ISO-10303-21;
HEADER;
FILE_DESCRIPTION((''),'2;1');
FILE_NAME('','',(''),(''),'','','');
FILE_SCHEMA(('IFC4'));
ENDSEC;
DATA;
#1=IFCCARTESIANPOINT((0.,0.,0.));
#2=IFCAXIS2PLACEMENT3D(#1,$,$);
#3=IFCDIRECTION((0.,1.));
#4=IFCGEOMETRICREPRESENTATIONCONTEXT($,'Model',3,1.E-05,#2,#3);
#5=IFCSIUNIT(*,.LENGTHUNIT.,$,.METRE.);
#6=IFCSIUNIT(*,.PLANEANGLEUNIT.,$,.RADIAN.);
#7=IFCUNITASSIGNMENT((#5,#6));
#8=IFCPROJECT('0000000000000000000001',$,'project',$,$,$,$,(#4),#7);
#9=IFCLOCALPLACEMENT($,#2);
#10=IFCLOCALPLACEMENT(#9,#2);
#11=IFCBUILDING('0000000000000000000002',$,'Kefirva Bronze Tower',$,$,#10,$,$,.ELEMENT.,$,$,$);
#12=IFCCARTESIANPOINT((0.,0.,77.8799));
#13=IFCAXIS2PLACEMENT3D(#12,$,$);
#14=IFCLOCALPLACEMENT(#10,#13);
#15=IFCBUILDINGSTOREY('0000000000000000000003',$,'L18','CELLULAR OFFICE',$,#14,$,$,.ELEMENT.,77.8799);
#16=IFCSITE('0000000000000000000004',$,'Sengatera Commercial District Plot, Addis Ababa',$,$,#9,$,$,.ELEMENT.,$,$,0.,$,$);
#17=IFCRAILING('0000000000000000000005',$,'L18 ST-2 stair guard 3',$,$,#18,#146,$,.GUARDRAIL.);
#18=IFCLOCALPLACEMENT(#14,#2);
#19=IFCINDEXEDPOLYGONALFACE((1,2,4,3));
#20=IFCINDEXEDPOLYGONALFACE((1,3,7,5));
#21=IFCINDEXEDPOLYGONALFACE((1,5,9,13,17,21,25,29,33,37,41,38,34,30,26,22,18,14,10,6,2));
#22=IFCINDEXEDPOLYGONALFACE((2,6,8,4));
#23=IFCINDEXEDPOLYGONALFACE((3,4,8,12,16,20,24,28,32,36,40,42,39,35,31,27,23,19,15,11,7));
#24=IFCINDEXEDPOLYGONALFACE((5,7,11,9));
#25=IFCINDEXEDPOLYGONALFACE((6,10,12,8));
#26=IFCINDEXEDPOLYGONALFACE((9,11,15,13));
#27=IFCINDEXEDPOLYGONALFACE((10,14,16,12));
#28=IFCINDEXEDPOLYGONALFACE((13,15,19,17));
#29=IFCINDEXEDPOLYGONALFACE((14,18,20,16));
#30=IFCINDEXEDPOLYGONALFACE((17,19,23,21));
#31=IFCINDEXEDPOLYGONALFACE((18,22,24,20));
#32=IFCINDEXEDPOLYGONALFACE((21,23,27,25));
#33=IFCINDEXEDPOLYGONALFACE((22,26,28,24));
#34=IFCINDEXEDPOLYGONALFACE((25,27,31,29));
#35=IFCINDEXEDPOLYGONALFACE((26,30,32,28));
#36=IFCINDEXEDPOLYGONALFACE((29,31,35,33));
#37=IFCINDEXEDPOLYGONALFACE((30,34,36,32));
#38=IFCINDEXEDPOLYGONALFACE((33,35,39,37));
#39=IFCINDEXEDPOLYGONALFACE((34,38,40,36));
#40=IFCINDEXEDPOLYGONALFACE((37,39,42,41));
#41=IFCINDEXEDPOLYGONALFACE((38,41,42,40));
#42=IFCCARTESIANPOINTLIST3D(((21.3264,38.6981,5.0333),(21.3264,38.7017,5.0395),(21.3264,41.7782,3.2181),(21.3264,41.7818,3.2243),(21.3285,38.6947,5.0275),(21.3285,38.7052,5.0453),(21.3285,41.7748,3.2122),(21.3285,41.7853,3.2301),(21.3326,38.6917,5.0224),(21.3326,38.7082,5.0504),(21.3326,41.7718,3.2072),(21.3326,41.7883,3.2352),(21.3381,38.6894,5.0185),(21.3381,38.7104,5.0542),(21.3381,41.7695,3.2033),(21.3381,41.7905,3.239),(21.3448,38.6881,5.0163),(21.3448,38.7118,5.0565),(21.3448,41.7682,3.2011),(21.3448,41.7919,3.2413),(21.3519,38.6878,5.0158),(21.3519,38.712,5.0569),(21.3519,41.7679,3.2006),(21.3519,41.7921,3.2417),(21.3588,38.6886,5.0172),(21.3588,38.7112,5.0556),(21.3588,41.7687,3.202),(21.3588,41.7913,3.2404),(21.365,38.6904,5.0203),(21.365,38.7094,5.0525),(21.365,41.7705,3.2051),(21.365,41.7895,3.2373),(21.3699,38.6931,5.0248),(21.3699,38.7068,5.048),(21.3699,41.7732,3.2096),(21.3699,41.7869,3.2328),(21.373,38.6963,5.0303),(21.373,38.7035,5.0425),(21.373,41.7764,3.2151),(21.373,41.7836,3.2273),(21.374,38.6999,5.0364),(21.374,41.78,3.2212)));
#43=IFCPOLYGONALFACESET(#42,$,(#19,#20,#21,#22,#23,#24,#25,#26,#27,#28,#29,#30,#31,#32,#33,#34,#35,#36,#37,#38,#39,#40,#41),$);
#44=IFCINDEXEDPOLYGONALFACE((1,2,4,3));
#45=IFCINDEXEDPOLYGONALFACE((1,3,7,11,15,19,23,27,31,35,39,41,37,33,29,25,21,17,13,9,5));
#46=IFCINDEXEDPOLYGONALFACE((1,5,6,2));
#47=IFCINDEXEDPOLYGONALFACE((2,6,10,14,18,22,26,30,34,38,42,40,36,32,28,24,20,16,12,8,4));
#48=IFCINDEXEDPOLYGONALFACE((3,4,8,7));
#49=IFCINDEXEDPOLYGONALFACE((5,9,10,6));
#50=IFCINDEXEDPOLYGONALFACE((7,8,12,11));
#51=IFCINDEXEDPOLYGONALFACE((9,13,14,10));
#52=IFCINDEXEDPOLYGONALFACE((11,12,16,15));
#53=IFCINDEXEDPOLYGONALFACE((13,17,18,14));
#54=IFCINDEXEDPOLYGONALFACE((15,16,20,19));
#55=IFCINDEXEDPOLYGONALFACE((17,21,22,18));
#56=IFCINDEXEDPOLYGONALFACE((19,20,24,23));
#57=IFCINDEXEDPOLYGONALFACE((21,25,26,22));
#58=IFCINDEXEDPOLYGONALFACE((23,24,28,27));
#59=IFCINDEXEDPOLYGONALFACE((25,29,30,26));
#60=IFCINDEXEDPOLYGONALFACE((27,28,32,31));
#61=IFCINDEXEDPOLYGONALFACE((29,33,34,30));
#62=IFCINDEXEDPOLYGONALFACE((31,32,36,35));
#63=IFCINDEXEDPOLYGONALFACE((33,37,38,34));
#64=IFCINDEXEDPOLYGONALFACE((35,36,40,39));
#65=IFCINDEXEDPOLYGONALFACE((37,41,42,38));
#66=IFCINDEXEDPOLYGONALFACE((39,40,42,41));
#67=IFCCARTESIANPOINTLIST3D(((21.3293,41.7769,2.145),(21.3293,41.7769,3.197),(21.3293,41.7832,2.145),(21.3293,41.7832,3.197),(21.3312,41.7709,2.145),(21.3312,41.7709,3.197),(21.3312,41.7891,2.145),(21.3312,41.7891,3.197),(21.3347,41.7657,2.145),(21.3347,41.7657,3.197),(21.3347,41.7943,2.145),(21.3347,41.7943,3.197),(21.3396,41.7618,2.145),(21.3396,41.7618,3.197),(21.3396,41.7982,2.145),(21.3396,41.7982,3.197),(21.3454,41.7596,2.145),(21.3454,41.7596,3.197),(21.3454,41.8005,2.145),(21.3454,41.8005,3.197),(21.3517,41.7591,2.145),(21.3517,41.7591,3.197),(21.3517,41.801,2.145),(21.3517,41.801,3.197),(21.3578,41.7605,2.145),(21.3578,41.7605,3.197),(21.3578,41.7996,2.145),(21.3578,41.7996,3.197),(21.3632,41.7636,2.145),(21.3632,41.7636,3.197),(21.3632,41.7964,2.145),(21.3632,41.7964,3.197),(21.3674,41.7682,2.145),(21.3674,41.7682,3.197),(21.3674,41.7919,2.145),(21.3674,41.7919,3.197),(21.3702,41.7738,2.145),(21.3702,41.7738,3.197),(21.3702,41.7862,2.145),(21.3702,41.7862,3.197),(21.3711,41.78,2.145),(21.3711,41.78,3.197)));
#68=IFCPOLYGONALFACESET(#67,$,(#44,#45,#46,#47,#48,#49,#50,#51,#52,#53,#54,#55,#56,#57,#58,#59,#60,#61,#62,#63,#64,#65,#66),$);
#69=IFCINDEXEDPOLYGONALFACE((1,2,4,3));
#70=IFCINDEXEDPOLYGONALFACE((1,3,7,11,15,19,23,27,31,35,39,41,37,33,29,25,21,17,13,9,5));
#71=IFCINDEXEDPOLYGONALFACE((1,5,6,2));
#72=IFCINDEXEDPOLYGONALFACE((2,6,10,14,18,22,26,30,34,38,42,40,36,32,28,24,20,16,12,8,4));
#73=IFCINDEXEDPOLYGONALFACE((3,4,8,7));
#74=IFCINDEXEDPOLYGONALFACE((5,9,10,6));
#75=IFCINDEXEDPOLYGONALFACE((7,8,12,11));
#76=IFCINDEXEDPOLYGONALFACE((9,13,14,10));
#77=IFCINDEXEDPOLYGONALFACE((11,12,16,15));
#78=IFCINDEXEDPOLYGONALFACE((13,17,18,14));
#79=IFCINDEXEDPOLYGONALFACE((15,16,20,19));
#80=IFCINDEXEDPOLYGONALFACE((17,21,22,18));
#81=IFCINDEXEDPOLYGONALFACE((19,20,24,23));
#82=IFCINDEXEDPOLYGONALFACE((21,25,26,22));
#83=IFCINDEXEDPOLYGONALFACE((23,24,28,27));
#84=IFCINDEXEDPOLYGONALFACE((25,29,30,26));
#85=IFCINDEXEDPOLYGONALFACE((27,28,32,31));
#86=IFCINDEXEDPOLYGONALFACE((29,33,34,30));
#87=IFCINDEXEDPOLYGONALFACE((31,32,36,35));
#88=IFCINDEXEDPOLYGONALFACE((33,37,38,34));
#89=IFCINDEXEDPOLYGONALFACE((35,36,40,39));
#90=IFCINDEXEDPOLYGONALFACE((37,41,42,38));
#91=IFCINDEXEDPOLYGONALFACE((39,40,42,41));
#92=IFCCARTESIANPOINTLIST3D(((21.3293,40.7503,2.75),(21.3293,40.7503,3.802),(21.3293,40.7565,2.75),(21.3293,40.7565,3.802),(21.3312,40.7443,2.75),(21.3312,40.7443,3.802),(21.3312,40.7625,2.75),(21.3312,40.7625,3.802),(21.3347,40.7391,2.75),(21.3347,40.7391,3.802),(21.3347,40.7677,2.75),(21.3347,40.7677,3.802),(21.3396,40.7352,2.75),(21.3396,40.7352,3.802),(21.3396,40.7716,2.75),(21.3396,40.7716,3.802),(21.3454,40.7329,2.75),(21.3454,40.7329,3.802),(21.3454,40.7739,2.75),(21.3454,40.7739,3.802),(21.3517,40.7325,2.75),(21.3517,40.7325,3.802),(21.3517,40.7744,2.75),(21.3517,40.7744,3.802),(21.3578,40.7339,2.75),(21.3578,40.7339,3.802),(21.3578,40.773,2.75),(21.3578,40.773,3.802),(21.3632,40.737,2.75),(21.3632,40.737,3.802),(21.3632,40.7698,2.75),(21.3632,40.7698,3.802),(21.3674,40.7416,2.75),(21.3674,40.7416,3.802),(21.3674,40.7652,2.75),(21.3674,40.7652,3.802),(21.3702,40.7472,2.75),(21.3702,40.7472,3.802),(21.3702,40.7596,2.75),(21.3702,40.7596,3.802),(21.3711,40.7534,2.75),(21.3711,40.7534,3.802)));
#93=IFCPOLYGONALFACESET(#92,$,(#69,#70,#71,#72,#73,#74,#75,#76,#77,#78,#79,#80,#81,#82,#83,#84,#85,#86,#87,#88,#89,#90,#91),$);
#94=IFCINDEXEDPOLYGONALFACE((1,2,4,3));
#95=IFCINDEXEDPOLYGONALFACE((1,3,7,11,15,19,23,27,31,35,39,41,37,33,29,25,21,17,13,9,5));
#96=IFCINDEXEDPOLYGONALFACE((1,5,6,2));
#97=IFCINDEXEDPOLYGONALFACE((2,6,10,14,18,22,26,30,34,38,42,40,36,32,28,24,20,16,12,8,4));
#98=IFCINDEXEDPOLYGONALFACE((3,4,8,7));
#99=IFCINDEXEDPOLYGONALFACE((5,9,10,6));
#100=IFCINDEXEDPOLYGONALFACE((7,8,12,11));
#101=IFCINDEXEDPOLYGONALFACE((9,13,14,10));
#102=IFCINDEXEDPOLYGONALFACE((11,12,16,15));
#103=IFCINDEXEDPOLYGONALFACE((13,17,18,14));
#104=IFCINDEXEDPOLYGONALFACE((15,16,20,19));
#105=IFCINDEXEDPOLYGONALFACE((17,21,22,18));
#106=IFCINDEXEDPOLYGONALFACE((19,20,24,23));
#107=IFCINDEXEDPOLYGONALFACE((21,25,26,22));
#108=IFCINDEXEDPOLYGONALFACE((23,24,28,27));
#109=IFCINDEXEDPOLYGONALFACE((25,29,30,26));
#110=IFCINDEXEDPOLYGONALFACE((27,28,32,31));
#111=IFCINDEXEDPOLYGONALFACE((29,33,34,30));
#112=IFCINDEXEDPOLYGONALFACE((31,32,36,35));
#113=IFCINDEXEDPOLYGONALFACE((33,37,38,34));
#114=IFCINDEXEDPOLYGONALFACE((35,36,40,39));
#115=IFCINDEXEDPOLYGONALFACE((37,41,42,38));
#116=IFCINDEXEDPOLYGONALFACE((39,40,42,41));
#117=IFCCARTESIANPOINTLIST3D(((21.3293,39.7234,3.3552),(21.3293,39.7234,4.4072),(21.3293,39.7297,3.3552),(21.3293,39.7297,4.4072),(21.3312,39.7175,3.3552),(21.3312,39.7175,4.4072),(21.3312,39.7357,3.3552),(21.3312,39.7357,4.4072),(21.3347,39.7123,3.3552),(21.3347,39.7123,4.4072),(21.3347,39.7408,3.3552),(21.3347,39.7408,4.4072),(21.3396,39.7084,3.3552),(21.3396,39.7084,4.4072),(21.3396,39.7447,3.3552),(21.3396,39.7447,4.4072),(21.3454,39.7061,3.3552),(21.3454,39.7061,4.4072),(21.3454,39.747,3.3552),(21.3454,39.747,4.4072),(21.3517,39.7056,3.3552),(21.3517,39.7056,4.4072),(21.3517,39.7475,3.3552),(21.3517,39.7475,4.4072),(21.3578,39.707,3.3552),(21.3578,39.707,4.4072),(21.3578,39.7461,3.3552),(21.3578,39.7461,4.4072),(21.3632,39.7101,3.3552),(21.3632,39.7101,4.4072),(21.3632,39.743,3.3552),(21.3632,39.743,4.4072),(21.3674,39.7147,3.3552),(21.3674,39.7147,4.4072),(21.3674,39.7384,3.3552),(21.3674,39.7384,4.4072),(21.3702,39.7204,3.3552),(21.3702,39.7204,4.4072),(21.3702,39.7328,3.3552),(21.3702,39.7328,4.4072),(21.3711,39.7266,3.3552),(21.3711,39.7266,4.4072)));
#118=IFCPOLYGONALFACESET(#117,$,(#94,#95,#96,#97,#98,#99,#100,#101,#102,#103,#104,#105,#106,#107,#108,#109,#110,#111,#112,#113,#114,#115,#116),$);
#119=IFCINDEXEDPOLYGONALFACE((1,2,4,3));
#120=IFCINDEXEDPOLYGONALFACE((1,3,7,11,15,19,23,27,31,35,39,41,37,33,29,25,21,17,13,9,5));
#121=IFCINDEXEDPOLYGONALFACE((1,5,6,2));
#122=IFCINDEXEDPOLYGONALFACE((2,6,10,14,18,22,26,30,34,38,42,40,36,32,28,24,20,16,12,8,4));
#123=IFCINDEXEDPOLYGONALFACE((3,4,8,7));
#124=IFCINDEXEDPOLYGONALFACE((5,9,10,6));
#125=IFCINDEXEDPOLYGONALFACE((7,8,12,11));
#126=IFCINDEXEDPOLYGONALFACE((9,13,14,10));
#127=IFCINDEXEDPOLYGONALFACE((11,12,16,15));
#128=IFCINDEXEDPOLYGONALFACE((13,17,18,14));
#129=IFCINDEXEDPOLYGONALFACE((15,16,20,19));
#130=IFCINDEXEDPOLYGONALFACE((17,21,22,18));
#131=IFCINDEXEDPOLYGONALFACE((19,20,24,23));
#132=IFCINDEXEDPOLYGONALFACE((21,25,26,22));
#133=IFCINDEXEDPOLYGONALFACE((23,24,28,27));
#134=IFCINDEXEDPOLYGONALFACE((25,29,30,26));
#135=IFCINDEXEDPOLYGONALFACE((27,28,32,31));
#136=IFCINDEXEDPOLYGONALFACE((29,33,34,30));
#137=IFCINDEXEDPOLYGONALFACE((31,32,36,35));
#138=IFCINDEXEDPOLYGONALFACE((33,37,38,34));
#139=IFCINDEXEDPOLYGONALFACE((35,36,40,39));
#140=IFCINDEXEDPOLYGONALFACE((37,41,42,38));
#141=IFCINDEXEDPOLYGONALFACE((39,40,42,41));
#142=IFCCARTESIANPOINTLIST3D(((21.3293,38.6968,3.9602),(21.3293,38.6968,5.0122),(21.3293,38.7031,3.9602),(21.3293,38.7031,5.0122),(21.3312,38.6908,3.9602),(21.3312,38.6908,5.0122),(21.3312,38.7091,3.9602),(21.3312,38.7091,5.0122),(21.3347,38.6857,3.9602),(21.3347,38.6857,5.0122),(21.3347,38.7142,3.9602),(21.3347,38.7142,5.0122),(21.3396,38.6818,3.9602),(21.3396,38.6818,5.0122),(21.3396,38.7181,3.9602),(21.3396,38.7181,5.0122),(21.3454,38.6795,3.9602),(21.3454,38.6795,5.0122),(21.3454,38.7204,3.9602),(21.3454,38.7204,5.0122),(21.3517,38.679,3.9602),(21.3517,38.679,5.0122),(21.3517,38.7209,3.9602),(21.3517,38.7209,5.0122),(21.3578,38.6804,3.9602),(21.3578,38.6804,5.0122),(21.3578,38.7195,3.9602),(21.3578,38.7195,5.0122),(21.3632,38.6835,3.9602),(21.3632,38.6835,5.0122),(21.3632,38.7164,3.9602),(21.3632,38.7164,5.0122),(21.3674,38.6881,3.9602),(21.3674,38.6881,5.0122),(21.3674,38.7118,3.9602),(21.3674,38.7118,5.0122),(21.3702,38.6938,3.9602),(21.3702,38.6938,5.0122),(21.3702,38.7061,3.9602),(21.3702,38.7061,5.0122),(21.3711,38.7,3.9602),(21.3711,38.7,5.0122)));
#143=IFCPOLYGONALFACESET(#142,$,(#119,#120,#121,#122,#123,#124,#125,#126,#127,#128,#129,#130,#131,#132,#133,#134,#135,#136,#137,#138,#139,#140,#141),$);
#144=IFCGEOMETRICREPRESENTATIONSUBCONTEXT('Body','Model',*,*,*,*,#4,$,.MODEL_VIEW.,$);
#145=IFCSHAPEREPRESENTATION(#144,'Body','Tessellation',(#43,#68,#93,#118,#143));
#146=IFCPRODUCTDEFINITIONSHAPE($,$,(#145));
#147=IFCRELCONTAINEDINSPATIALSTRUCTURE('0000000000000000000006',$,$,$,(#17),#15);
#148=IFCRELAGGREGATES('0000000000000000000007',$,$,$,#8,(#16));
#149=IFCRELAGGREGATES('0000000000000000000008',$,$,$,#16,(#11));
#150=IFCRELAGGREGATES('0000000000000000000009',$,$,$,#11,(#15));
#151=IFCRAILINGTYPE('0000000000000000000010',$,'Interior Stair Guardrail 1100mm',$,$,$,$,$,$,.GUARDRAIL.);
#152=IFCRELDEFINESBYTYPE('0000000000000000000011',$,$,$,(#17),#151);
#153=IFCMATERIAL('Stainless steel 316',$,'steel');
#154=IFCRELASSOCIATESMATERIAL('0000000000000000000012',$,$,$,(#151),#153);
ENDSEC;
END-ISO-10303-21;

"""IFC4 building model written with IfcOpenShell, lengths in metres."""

from ifc_helpers import new_model, si_unit, direction, frame, origin, origin_2d, place, context, subcontext, project, spatial, circle, extrude, material, type_object, element, save


model = new_model("IFC4")

# Units and contexts
model_context = context("Model", 3, precision=1e-05, world=origin(), true_north=direction((0.0, 1.0)))
body_context = subcontext(model_context, "Body", "Model", "MODEL_VIEW")
ifc_project = project(units=[si_unit("LENGTHUNIT", "METRE"), si_unit("PLANEANGLEUNIT", "RADIAN")], contexts=[model_context])

# Site, building, storey
site_placement = place(None, origin())
site = spatial("IfcSite", under=ifc_project, at=site_placement, Name="Sengatera Commercial District Plot, Addis Ababa", CompositionType="ELEMENT", RefElevation=0.0)
building_placement = place(site_placement, origin())
building = spatial("IfcBuilding", under=site, at=building_placement, Name="Kefirva Bronze Tower", CompositionType="ELEMENT")
storey_placement = place(building_placement, frame((0.0, 0.0, 77.8799)))
storey = spatial("IfcBuildingStorey", under=building, at=storey_placement, Name="L18", Description="CELLULAR OFFICE", CompositionType="ELEMENT", Elevation=77.8799)

# Railing
ifc_material_1 = material(Name="Stainless steel 316", Category="steel")
railing_type_1 = type_object("IfcRailingType", Name="Interior Stair Guardrail 1100mm", PredefinedType="GUARDRAIL", material=ifc_material_1)
railing_1_placement = place(storey_placement, frame((21.3501, 41.78, 2.145)))
element("IfcRailing", 1, at=railing_1_placement, inside=storey, type_object=railing_type_1, Name="L18 ST-2 stair guard 3", PredefinedType="GUARDRAIL", context=body_context, shape_type="SweptSolid", body=[
    extrude(circle(Radius=0.0239, at=origin_2d()), frame((0.0, 0.0, 1.0762), z_axis=(0.0, -0.861521, 0.507721), x_axis=(1.0, 0.0, 0.0)), (0.0, 0.0, 1.0), 3.5752),
    extrude(circle(Radius=0.021, at=origin_2d()), origin(), (0.0, 0.0, 1.0), 1.052),
    extrude(circle(Radius=0.021, at=origin_2d()), frame((0.0, -1.0266, 0.605)), (0.0, 0.0, 1.0), 1.052),
    extrude(circle(Radius=0.021, at=origin_2d()), frame((0.0, -2.0535, 1.2102)), (0.0, 0.0, 1.0), 1.052),
    extrude(circle(Radius=0.021, at=origin_2d()), frame((0.0, -3.0801, 1.8152)), (0.0, 0.0, 1.0), 1.052),
])

save(model, "model.ifc")
